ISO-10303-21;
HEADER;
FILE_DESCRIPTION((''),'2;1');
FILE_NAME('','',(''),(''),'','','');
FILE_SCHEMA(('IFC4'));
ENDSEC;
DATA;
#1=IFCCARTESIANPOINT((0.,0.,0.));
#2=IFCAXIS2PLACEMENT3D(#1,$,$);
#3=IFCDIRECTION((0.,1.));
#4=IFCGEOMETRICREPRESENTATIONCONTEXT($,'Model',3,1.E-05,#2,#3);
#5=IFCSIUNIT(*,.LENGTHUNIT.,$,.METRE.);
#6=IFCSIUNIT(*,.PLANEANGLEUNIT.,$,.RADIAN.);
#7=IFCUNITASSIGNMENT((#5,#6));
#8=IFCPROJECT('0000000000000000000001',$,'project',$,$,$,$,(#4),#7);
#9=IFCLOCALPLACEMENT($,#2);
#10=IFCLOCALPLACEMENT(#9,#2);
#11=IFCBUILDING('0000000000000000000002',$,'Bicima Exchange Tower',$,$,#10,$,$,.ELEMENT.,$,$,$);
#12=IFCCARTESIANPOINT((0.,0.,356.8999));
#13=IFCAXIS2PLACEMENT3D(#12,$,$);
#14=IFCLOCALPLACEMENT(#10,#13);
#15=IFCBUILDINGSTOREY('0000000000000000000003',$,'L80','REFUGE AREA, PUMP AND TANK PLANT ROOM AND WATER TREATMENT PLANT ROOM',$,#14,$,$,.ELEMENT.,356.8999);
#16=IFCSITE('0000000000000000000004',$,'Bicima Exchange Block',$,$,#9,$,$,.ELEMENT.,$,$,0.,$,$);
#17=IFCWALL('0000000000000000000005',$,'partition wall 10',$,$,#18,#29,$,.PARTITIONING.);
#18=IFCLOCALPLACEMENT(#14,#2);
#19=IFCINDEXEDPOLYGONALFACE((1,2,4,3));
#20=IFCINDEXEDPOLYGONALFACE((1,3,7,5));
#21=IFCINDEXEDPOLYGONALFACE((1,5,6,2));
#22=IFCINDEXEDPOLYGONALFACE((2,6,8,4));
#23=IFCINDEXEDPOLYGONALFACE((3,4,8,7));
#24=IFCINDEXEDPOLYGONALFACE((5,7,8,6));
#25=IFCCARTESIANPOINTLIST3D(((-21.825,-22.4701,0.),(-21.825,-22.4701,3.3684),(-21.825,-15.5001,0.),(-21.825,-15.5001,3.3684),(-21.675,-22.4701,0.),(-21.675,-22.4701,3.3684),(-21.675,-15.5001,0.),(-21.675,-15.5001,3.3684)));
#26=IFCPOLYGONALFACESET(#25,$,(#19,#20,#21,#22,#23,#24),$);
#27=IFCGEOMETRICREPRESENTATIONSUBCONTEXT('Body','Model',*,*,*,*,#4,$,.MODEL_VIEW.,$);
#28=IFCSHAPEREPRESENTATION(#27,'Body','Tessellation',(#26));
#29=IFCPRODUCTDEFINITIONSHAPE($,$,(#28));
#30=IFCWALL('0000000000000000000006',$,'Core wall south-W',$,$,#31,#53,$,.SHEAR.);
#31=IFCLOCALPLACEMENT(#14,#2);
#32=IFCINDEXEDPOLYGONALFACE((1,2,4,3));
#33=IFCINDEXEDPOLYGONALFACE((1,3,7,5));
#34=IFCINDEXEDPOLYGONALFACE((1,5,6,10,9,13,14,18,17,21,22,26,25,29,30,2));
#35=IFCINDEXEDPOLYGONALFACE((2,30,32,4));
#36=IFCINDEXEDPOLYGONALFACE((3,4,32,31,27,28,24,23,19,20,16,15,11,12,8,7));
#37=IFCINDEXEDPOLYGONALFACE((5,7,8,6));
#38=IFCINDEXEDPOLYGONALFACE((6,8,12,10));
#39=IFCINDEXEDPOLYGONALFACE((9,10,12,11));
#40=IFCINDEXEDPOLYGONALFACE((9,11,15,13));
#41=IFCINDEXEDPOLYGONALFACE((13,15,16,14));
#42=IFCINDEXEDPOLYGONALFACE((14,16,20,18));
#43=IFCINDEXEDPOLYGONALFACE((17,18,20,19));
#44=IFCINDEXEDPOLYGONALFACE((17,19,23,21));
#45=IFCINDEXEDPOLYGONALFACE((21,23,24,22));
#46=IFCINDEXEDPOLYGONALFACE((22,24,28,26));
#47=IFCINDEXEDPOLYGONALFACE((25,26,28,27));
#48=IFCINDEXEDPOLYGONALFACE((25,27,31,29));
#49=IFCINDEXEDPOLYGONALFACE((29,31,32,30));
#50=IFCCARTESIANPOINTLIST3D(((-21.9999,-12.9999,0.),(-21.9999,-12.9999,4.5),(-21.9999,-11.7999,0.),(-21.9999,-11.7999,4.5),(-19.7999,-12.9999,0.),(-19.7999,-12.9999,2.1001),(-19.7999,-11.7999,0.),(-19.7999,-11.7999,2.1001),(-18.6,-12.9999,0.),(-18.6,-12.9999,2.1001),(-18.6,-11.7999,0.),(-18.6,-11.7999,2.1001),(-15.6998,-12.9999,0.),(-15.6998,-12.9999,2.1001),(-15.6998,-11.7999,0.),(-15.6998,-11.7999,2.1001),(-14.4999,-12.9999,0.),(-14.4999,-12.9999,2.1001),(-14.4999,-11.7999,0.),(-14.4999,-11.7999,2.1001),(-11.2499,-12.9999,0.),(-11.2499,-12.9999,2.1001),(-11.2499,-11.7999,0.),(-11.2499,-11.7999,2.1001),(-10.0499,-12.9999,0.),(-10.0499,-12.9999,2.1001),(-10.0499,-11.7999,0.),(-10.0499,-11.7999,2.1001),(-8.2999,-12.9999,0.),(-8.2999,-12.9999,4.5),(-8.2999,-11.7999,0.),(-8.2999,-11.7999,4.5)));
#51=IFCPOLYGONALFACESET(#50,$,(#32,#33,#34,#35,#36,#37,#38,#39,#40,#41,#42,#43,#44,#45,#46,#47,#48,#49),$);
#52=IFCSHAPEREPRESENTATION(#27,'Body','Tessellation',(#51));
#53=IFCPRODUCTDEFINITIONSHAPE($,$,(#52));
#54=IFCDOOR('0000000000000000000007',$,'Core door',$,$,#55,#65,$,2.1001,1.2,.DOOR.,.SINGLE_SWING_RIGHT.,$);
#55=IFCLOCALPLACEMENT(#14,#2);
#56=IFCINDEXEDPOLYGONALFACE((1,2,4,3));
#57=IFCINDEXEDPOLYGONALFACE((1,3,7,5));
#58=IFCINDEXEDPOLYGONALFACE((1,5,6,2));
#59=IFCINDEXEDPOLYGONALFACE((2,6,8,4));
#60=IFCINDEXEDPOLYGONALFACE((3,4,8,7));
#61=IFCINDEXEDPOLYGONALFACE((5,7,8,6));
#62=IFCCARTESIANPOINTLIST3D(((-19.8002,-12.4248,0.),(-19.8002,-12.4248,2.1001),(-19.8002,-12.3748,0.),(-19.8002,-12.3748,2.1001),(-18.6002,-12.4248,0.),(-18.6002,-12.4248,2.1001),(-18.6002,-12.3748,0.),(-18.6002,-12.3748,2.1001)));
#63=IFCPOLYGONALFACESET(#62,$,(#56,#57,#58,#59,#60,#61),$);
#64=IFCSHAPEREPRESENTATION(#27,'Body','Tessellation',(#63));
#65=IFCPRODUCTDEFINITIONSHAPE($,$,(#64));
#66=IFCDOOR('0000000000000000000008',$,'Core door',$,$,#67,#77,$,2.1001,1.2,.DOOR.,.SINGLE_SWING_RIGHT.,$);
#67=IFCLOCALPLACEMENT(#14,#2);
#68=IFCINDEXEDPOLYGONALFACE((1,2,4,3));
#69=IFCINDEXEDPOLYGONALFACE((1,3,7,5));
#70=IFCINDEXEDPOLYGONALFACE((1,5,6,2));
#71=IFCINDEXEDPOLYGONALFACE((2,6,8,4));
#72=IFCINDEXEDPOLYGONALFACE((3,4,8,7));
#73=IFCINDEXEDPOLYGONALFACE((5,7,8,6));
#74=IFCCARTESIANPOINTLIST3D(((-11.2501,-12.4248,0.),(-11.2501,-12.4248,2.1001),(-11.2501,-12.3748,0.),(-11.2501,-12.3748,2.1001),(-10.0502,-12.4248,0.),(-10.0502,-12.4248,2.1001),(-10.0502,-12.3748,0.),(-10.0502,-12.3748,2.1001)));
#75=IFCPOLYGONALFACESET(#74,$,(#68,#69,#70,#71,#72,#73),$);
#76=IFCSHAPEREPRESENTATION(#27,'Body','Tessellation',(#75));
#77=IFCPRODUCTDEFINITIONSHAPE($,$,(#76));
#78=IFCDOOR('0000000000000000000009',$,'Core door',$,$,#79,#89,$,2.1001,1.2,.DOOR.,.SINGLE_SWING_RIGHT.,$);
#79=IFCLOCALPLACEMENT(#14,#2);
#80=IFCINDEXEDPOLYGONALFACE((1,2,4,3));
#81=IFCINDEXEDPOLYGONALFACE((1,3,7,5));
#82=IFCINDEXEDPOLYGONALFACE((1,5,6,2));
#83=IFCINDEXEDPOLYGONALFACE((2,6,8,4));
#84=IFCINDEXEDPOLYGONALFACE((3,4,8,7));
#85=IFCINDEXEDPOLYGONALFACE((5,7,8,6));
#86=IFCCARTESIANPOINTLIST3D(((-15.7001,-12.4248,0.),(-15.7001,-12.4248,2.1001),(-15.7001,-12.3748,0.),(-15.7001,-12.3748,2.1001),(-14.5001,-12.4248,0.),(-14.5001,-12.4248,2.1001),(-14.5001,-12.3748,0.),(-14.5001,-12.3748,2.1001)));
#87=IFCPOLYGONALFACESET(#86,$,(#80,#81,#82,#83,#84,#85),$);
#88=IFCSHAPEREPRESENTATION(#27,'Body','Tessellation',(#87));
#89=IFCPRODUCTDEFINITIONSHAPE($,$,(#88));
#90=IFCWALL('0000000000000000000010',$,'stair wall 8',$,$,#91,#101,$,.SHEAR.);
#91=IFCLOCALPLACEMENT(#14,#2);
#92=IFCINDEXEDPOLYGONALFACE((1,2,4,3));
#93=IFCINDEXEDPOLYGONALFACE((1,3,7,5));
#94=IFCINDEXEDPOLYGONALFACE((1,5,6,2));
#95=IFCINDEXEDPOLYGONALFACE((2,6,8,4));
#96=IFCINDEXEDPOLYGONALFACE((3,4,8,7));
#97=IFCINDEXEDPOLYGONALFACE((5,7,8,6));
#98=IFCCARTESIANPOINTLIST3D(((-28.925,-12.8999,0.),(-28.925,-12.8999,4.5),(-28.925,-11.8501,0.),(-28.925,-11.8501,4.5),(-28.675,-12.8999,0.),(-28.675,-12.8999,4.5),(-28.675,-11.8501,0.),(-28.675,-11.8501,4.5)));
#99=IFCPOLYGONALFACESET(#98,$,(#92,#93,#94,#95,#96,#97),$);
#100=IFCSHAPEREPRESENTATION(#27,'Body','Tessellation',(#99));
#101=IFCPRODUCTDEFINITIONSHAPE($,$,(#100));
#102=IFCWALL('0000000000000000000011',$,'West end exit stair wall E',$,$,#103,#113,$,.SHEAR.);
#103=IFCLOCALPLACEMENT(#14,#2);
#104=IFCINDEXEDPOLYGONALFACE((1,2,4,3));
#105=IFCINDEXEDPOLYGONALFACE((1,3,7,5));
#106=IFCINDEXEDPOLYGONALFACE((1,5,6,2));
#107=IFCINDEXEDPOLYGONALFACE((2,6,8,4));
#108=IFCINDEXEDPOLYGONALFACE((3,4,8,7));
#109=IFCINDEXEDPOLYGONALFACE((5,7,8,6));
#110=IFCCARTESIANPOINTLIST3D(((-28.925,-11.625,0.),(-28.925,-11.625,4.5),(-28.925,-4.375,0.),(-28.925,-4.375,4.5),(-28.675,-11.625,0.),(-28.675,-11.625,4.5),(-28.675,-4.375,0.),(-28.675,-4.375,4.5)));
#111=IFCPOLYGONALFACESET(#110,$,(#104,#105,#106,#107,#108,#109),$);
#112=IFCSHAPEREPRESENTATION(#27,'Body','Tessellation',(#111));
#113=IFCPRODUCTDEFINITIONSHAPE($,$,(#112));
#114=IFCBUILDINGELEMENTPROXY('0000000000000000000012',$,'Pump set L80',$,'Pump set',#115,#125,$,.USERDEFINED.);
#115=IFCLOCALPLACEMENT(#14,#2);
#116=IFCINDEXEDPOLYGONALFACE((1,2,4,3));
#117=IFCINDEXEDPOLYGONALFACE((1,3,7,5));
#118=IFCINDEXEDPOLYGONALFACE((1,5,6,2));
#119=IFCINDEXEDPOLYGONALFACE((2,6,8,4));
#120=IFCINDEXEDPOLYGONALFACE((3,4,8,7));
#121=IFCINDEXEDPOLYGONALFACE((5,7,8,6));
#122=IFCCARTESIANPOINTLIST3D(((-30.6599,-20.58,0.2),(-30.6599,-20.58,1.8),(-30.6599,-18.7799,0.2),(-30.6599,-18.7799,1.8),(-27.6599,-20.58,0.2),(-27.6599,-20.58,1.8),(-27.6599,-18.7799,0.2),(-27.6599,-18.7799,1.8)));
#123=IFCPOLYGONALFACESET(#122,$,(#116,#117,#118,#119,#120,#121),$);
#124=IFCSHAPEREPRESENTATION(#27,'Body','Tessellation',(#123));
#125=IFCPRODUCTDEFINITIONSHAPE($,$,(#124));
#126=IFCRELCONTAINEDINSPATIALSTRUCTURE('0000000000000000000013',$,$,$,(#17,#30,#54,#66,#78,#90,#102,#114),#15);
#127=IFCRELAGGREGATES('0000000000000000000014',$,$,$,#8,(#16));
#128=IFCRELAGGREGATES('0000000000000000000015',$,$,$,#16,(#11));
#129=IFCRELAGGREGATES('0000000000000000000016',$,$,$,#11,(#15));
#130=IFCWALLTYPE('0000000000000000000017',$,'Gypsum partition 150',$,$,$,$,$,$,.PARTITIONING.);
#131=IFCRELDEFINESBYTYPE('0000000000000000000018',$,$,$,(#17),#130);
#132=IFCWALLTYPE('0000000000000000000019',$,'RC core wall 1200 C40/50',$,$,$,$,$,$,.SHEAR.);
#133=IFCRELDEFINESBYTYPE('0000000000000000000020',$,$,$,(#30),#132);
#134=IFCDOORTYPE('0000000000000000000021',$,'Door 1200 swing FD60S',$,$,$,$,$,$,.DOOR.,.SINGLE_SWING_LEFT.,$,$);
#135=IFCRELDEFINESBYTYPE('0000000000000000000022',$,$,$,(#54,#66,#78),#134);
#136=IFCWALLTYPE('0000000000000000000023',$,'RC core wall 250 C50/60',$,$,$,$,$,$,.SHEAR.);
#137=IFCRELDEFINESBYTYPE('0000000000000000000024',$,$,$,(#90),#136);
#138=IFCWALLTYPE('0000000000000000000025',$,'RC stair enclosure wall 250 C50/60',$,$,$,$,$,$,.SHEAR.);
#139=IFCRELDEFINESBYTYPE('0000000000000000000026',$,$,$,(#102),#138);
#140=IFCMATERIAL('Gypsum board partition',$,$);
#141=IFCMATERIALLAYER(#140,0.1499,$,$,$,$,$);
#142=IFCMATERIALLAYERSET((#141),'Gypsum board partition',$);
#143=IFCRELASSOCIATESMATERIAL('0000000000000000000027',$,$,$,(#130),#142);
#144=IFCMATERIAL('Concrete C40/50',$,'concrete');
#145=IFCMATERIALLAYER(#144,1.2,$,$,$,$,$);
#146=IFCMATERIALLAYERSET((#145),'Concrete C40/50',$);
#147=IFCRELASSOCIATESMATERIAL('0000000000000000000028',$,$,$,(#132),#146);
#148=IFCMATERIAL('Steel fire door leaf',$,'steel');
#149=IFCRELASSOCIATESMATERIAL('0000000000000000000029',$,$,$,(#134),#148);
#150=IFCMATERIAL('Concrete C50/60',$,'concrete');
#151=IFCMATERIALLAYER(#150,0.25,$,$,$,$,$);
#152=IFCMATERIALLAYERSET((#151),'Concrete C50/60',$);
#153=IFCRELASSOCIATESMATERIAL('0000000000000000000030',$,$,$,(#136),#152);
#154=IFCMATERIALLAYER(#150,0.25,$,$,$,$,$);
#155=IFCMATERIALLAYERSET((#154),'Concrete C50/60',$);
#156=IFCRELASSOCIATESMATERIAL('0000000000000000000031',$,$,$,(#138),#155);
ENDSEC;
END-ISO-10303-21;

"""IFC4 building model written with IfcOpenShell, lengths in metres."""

from ifc_helpers import new_model, si_unit, direction, frame, frame_2d, origin, origin_2d, place, context, subcontext, project, spatial, rectangle, extrude, material, layer, layer_set, type_object, element, fill, save


model = new_model("IFC4")

# Units and contexts
model_context = context("Model", 3, precision=1e-05, world=origin(), true_north=direction((0.0, 1.0)))
body_context = subcontext(model_context, "Body", "Model", "MODEL_VIEW")
ifc_project = project(units=[si_unit("LENGTHUNIT", "METRE"), si_unit("PLANEANGLEUNIT", "RADIAN")], contexts=[model_context])

# Site, building, storey
site_placement = place(None, origin())
site = spatial("IfcSite", under=ifc_project, at=site_placement, Name="Bicima Exchange Block", CompositionType="ELEMENT", RefElevation=0.0)
building_placement = place(site_placement, origin())
building = spatial("IfcBuilding", under=site, at=building_placement, Name="Bicima Exchange Tower", CompositionType="ELEMENT")
storey_placement = place(building_placement, frame((0.0, 0.0, 356.8999)))
storey = spatial("IfcBuildingStorey", under=building, at=storey_placement, Name="L80", Description="REFUGE AREA, PUMP AND TANK PLANT ROOM AND WATER TREATMENT PLANT ROOM", CompositionType="ELEMENT", Elevation=356.8999)

# Wall
ifc_material_1 = material(Name="Gypsum board partition")
ifc_layer_1 = layer(ifc_material_1, 0.1499)
ifc_layer_set_1 = layer_set([ifc_layer_1], Name="Gypsum board partition")
wall_type_1 = type_object("IfcWallType", Name="Gypsum partition 150", PredefinedType="PARTITIONING", material=ifc_layer_set_1)
for number, where, z_axis, x_axis, name in (
    (1, (-21.75, -22.47, 0.0), (0.0, 0.0, 1.0), (0.0, 1.0, 0.0), "partition wall 10"),
):
    element("IfcWall", number, at=place(storey_placement, frame(where, z_axis=z_axis, x_axis=x_axis)), inside=storey, type_object=wall_type_1, Name=name, PredefinedType="PARTITIONING", context=body_context, shape_type="SweptSolid", body=[
        extrude(rectangle(XDim=6.97, YDim=0.1499, at=frame_2d((3.4849, 0.0))), origin(), (0.0, 0.0, 1.0), 3.3684),
    ])

# Wall, openings, doors
ifc_material_2 = material(Name="Concrete C40/50", Category="concrete")
ifc_layer_2 = layer(ifc_material_2, 1.2)
ifc_layer_set_2 = layer_set([ifc_layer_2], Name="Concrete C40/50")
wall_type_2 = type_object("IfcWallType", Name="RC core wall 1200 C40/50", PredefinedType="SHEAR", material=ifc_layer_set_2)
wall_1_placement = place(storey_placement, frame((-22.0, -12.3999, 0.0), z_axis=(0.0, 0.0, 1.0), x_axis=(1.0, 0.0, 0.0)))
wall_1 = element("IfcWall", 2, at=wall_1_placement, inside=storey, type_object=wall_type_2, Name="Core wall south-W", PredefinedType="SHEAR", context=body_context, shape_type="SweptSolid", body=[
    extrude(rectangle(XDim=13.7, YDim=1.2, at=frame_2d((6.8501, 0.0))), origin(), (0.0, 0.0, 1.0), 4.5),
])
opening_1_placement = place(wall_1_placement, frame((2.2, 0.0, 0.0)))
opening_1 = element("IfcOpeningElement", 3, at=opening_1_placement, cuts=wall_1, PredefinedType="OPENING", context=body_context, shape_type="SweptSolid", body=[
    extrude(rectangle(XDim=1.2, YDim=2.1001, at=frame_2d((0.6001, 1.05))), frame((0.0, 0.6118, 0.0), z_axis=(0.0, -1.0, 0.0), x_axis=(1.0, 0.0, 0.0)), (0.0, 0.0, 1.0), 1.2239),
])
opening_2_placement = place(wall_1_placement, frame((10.75, 0.0, 0.0)))
opening_2 = element("IfcOpeningElement", 4, at=opening_2_placement, cuts=wall_1, PredefinedType="OPENING", context=body_context, shape_type="SweptSolid", body=[
    extrude(rectangle(XDim=1.2, YDim=2.1001, at=frame_2d((0.6001, 1.05))), frame((0.0, 0.6118, 0.0), z_axis=(0.0, -1.0, 0.0), x_axis=(1.0, 0.0, 0.0)), (0.0, 0.0, 1.0), 1.2239),
])
opening_3_placement = place(wall_1_placement, frame((6.3, 0.0, 0.0)))
opening_3 = element("IfcOpeningElement", 5, at=opening_3_placement, cuts=wall_1, PredefinedType="OPENING", context=body_context, shape_type="SweptSolid", body=[
    extrude(rectangle(XDim=1.2, YDim=2.1001, at=frame_2d((0.6001, 1.05))), frame((0.0, 0.6118, 0.0), z_axis=(0.0, -1.0, 0.0), x_axis=(1.0, 0.0, 0.0)), (0.0, 0.0, 1.0), 1.2239),
])
ifc_material_3 = material(Name="Steel fire door leaf", Category="steel")
door_type = type_object("IfcDoorType", Name="Door 1200 swing FD60S", OperationType="SINGLE_SWING_LEFT", PredefinedType="DOOR", material=ifc_material_3)
door_1_placement = place(opening_1_placement, frame((1.2, 0.0, 0.0), z_axis=(0.0, 0.0, 1.0), x_axis=(-1.0, 0.0, 0.0)))
door_1 = element("IfcDoor", 6, at=door_1_placement, inside=storey, type_object=door_type, Name="Core door", OperationType="SINGLE_SWING_RIGHT", OverallHeight=2.1001, OverallWidth=1.2, PredefinedType="DOOR", context=body_context, shape_type="SweptSolid", body=[
    extrude(rectangle(XDim=1.2, YDim=2.1001, at=frame_2d((0.6001, 1.05))), frame((0.0, 0.0249, 0.0), z_axis=(0.0, -1.0, 0.0), x_axis=(1.0, 0.0, 0.0)), (0.0, 0.0, 1.0), 0.05),
])
fill(opening_1, door_1)
door_2_placement = place(opening_2_placement, frame((1.2, 0.0, 0.0), z_axis=(0.0, 0.0, 1.0), x_axis=(-1.0, 0.0, 0.0)))
door_2 = element("IfcDoor", 7, at=door_2_placement, inside=storey, type_object=door_type, Name="Core door", OperationType="SINGLE_SWING_RIGHT", OverallHeight=2.1001, OverallWidth=1.2, PredefinedType="DOOR", context=body_context, shape_type="SweptSolid", body=[
    extrude(rectangle(XDim=1.2, YDim=2.1001, at=frame_2d((0.6001, 1.05))), frame((0.0, 0.0249, 0.0), z_axis=(0.0, -1.0, 0.0), x_axis=(1.0, 0.0, 0.0)), (0.0, 0.0, 1.0), 0.05),
])
fill(opening_2, door_2)
door_3_placement = place(opening_3_placement, frame((1.2, 0.0, 0.0), z_axis=(0.0, 0.0, 1.0), x_axis=(-1.0, 0.0, 0.0)))
door_3 = element("IfcDoor", 8, at=door_3_placement, inside=storey, type_object=door_type, Name="Core door", OperationType="SINGLE_SWING_RIGHT", OverallHeight=2.1001, OverallWidth=1.2, PredefinedType="DOOR", context=body_context, shape_type="SweptSolid", body=[
    extrude(rectangle(XDim=1.2, YDim=2.1001, at=frame_2d((0.6001, 1.05))), frame((0.0, 0.0249, 0.0), z_axis=(0.0, -1.0, 0.0), x_axis=(1.0, 0.0, 0.0)), (0.0, 0.0, 1.0), 0.05),
])
fill(opening_3, door_3)

# Walls
ifc_material_4 = material(Name="Concrete C50/60", Category="concrete")
ifc_layer_3 = layer(ifc_material_4, 0.25)
ifc_layer_set_3 = layer_set([ifc_layer_3], Name="Concrete C50/60")
wall_type_3 = type_object("IfcWallType", Name="RC core wall 250 C50/60", PredefinedType="SHEAR", material=ifc_layer_set_3)
wall_2_placement = place(storey_placement, frame((-28.8, -12.8999, 0.0), z_axis=(0.0, 0.0, 1.0), x_axis=(0.0, 1.0, 0.0)))
element("IfcWall", 9, at=wall_2_placement, inside=storey, type_object=wall_type_3, Name="stair wall 8", PredefinedType="SHEAR", context=body_context, shape_type="SweptSolid", body=[
    extrude(rectangle(XDim=1.0498, YDim=0.25, at=frame_2d((0.5249, 0.0))), origin(), (0.0, 0.0, 1.0), 4.5),
])
ifc_layer_4 = layer(ifc_material_4, 0.25)
ifc_layer_set_4 = layer_set([ifc_layer_4], Name="Concrete C50/60")
wall_type_4 = type_object("IfcWallType", Name="RC stair enclosure wall 250 C50/60", PredefinedType="SHEAR", material=ifc_layer_set_4)
wall_3_placement = place(storey_placement, frame((-28.8, -11.625, 0.0), z_axis=(0.0, 0.0, 1.0), x_axis=(0.0, 1.0, 0.0)))
element("IfcWall", 10, at=wall_3_placement, inside=storey, type_object=wall_type_4, Name="West end exit stair wall E", PredefinedType="SHEAR", context=body_context, shape_type="SweptSolid", body=[
    extrude(rectangle(XDim=7.25, YDim=0.25, at=frame_2d((3.625, 0.0))), origin(), (0.0, 0.0, 1.0), 4.5),
])

# Building element proxy
proxy_placement = place(storey_placement, frame((-29.1599, -19.6799, 0.2), z_axis=(0.0, 0.0, 1.0), x_axis=(1.0, 0.0, 0.0)))
element("IfcBuildingElementProxy", 11, at=proxy_placement, inside=storey, Name="Pump set L80", ObjectType="Pump set", PredefinedType="USERDEFINED", context=body_context, shape_type="SweptSolid", body=[
    extrude(rectangle(XDim=3.0, YDim=1.8, at=origin_2d()), origin(), (0.0, 0.0, 1.0), 1.6001),
])

save(model, "model.ifc")
